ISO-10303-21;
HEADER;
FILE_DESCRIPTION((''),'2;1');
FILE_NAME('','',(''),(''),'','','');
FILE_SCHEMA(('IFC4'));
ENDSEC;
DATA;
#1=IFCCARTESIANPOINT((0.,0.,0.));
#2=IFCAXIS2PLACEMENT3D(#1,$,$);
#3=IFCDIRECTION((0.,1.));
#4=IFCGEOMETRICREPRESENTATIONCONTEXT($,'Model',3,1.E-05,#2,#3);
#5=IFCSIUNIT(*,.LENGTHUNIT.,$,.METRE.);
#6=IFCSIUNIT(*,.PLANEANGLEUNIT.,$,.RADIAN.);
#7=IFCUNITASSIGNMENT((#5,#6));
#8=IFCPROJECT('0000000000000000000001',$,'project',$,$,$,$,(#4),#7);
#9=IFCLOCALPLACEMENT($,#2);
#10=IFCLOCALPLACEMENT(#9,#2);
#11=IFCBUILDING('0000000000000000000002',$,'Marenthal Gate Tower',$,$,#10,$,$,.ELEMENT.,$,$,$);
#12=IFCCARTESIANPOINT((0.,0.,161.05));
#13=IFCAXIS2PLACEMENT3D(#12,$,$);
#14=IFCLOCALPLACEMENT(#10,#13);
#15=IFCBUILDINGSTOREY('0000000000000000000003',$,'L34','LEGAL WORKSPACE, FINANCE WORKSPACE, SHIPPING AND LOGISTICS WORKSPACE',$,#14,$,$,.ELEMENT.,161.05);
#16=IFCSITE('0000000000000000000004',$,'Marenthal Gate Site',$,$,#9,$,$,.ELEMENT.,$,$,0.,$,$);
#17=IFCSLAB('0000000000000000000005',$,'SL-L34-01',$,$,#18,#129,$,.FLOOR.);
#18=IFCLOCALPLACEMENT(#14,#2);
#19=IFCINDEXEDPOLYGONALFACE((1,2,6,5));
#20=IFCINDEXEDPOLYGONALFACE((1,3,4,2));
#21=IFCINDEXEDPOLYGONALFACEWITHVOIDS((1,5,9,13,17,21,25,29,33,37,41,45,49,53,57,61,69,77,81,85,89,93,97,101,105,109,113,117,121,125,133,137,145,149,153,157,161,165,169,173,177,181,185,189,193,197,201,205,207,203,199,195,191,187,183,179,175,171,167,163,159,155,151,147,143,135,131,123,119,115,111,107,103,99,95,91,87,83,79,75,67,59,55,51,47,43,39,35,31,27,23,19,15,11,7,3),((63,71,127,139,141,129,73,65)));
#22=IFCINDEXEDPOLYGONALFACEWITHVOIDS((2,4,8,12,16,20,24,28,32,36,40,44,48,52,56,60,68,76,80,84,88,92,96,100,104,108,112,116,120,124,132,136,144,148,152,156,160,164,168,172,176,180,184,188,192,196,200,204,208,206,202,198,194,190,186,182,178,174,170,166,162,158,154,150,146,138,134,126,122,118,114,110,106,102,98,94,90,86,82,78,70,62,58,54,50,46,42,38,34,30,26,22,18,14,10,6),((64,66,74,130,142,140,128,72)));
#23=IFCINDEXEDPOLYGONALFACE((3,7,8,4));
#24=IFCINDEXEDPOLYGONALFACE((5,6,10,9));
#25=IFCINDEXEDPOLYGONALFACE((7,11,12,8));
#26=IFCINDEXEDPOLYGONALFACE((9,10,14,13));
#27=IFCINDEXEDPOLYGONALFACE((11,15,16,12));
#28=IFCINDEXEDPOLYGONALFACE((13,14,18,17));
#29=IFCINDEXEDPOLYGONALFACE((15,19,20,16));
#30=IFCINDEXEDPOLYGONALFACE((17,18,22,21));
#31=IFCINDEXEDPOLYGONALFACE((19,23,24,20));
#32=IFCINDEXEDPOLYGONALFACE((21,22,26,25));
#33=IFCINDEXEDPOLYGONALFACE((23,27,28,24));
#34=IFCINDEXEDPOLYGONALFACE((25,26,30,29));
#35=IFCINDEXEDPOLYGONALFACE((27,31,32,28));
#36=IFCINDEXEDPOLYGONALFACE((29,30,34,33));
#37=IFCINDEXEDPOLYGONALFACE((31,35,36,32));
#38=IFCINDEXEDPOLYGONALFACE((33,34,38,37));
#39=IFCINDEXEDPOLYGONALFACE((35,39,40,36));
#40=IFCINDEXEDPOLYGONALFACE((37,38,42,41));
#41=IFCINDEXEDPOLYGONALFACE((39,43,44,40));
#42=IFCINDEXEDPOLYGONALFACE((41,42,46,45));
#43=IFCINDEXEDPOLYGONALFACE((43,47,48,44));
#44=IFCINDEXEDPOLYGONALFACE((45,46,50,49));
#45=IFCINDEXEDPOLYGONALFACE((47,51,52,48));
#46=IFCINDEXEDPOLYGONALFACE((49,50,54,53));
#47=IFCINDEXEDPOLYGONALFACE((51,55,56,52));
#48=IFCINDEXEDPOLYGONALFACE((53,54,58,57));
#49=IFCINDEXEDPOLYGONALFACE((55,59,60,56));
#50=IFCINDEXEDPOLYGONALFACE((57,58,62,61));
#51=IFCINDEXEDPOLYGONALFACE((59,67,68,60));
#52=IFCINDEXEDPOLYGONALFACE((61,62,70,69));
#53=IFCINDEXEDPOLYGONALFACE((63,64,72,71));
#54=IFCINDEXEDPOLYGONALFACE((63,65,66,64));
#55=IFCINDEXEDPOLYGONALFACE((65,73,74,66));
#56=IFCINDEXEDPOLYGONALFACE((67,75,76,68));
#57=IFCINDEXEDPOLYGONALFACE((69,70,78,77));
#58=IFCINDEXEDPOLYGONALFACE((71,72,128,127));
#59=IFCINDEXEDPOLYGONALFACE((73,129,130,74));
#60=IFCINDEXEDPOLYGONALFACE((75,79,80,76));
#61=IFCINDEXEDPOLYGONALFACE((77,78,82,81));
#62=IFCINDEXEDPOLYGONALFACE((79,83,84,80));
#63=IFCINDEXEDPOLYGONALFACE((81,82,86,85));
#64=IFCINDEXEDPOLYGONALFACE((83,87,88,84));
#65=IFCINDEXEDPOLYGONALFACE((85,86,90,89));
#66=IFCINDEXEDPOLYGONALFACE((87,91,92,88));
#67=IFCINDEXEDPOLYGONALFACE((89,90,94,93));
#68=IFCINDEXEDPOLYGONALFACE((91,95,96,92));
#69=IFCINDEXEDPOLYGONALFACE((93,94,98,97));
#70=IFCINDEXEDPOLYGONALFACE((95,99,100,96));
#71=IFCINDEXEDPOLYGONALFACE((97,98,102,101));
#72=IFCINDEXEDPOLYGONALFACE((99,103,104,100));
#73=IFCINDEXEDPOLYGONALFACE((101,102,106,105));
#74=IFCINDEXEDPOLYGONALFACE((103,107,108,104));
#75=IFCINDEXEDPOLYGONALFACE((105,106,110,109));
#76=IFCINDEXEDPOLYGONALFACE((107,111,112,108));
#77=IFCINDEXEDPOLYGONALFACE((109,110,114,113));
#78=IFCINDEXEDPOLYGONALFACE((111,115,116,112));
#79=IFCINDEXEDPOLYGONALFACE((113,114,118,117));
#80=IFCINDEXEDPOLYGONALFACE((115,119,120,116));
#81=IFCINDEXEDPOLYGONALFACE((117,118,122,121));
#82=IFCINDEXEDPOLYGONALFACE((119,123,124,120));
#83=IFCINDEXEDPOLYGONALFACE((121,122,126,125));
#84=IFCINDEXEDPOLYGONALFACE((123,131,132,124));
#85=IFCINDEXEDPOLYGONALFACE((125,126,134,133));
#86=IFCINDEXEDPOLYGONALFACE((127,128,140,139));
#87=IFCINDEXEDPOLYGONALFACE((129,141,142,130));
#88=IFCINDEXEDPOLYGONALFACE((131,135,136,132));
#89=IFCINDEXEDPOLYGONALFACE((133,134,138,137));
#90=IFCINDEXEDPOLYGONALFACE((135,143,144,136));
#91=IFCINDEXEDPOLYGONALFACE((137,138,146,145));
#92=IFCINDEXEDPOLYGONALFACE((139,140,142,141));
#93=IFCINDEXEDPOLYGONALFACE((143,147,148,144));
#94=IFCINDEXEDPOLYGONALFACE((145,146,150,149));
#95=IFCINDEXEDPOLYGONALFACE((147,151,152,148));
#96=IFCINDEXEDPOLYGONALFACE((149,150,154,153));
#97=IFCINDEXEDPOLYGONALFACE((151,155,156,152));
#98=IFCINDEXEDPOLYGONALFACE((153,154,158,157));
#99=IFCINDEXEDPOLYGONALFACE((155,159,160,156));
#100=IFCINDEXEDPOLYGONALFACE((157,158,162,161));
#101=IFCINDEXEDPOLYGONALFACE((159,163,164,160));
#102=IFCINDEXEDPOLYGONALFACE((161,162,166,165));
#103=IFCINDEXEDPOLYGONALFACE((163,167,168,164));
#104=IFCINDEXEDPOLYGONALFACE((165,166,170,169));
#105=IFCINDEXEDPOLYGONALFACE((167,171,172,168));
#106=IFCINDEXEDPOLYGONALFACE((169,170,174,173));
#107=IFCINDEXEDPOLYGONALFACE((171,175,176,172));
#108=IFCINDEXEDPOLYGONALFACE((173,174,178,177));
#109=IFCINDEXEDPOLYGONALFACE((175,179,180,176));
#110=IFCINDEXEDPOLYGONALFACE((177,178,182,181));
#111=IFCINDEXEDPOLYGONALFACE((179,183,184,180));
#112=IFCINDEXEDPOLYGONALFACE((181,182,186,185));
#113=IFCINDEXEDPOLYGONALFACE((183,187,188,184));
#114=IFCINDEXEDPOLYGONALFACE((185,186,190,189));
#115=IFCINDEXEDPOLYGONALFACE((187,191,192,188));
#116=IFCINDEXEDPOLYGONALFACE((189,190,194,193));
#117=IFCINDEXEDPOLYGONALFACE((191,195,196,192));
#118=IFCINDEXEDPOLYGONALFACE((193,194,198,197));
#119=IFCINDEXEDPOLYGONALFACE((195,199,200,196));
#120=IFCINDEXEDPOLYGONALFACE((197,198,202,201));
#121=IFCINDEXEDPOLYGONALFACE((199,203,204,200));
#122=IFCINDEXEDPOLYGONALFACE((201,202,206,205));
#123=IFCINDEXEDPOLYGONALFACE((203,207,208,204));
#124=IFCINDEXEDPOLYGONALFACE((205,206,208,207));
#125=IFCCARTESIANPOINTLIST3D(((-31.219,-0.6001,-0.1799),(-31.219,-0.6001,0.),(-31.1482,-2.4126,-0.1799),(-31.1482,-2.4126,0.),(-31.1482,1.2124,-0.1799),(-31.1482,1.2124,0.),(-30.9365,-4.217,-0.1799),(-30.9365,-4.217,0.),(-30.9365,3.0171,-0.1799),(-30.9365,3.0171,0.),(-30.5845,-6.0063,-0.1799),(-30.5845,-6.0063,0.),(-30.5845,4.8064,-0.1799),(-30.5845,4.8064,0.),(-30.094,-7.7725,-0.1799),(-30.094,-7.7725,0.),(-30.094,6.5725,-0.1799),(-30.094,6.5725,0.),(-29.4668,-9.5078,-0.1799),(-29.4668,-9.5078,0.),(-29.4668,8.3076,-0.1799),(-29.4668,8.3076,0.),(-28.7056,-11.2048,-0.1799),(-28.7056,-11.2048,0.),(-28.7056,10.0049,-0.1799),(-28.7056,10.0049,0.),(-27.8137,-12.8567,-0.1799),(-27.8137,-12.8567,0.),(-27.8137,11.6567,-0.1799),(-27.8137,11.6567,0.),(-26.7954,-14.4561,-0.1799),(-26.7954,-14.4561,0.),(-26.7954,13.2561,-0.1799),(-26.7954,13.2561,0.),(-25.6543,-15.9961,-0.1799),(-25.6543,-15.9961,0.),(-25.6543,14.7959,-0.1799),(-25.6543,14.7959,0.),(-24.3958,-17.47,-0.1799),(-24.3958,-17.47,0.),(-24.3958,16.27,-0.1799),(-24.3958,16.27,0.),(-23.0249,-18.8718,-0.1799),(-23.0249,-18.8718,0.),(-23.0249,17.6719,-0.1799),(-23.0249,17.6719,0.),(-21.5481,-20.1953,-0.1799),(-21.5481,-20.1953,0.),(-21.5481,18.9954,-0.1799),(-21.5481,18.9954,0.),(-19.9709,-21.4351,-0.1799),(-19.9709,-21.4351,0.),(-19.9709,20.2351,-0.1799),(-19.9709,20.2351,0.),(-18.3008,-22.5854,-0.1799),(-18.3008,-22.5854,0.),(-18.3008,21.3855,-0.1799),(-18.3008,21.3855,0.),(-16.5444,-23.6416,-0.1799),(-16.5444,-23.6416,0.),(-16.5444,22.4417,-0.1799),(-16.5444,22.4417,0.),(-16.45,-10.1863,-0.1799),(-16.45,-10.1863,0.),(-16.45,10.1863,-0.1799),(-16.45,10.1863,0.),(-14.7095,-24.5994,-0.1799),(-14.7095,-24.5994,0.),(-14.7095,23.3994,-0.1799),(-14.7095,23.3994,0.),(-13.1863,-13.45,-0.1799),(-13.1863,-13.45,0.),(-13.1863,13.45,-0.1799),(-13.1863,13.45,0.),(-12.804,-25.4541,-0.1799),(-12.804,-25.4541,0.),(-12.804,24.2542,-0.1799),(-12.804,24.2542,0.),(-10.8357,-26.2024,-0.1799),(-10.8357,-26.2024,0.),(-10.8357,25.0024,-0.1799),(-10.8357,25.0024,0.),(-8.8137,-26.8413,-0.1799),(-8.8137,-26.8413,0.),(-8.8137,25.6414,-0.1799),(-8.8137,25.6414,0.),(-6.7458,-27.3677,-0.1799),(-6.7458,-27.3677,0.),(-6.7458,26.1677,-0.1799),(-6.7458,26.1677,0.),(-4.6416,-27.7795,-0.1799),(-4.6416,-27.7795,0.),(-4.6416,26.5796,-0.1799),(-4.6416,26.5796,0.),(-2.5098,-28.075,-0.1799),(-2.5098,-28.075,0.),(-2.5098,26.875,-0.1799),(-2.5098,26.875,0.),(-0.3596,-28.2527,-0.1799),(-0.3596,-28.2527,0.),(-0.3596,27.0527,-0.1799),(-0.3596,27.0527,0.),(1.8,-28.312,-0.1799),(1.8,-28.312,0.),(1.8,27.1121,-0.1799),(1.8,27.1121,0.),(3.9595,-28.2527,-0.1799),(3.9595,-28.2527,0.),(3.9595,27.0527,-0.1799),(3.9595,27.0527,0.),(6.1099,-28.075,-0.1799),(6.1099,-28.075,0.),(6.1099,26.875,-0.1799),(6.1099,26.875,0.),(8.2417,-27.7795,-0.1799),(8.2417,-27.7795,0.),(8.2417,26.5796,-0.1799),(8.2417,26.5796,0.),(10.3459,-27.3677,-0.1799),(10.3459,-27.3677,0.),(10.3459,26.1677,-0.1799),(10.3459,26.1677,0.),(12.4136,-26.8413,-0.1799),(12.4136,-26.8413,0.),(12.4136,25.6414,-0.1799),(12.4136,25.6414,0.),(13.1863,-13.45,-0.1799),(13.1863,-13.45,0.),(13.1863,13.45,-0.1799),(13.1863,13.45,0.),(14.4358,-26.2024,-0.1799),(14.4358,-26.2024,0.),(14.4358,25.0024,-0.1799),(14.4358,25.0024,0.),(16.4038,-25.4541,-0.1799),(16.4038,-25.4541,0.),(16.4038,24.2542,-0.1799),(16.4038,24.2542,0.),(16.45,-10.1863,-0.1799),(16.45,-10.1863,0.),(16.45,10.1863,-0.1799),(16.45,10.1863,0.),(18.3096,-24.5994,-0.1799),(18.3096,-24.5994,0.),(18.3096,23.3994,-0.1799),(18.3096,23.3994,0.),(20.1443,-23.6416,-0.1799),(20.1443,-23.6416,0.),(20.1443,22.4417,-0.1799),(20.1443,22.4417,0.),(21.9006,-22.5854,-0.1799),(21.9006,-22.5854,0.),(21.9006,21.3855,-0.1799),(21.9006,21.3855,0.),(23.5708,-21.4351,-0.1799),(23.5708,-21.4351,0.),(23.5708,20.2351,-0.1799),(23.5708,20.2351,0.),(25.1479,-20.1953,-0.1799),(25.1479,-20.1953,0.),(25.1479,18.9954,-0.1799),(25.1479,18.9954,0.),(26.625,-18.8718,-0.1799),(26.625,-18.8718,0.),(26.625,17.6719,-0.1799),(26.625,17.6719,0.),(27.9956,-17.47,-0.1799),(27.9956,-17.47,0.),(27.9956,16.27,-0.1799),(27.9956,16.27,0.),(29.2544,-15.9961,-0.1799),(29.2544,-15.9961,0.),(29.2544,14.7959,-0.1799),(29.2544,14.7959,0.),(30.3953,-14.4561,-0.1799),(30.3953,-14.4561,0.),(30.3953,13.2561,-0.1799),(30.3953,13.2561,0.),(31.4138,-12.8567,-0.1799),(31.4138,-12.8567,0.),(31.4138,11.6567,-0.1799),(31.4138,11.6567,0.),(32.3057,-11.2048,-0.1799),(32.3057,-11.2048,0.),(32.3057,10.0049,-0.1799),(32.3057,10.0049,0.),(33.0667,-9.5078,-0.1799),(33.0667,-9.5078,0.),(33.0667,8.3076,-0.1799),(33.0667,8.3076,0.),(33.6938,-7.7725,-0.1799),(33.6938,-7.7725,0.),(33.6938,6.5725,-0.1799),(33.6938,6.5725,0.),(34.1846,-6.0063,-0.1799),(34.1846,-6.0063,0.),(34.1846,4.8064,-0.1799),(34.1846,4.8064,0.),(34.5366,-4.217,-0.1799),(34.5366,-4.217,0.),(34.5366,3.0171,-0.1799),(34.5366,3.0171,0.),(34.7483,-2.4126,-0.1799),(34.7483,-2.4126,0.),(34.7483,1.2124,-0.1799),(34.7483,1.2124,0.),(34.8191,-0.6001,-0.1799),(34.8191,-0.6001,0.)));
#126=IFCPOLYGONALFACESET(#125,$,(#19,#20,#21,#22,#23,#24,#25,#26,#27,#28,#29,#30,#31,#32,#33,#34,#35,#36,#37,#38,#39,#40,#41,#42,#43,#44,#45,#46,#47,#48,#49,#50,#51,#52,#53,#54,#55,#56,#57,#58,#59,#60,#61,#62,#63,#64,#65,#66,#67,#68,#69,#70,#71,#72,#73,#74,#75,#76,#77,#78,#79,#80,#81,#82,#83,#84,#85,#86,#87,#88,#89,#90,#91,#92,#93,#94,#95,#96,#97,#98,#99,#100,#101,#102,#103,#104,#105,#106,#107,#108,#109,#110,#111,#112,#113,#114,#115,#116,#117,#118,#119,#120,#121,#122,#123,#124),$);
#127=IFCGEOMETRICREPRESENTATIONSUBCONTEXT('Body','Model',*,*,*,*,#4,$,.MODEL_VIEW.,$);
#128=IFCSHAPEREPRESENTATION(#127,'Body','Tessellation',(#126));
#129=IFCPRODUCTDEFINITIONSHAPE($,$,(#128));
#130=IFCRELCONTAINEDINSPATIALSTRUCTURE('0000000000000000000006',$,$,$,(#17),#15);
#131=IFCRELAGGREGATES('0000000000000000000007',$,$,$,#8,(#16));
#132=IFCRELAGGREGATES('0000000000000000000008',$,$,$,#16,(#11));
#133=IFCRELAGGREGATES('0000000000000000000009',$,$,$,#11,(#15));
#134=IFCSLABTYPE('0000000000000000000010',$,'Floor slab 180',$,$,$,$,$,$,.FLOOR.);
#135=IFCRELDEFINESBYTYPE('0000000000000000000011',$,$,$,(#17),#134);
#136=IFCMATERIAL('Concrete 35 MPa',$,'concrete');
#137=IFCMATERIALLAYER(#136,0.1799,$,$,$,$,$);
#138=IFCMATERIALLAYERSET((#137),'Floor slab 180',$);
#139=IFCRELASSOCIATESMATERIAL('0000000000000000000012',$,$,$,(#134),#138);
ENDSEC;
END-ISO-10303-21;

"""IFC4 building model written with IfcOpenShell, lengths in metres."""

from ifc_helpers import new_model, si_unit, direction, frame, origin, place, context, subcontext, project, spatial, polyline, outline, extrude, material, layer, layer_set, type_object, element, save


model = new_model("IFC4")

# Units and contexts
model_context = context("Model", 3, precision=1e-05, world=origin(), true_north=direction((0.0, 1.0)))
body_context = subcontext(model_context, "Body", "Model", "MODEL_VIEW")
ifc_project = project(units=[si_unit("LENGTHUNIT", "METRE"), si_unit("PLANEANGLEUNIT", "RADIAN")], contexts=[model_context])

# Site, building, storey
site_placement = place(None, origin())
site = spatial("IfcSite", under=ifc_project, at=site_placement, Name="Marenthal Gate Site", CompositionType="ELEMENT", RefElevation=0.0)
building_placement = place(site_placement, origin())
building = spatial("IfcBuilding", under=site, at=building_placement, Name="Marenthal Gate Tower", CompositionType="ELEMENT")
storey_placement = place(building_placement, frame((0.0, 0.0, 161.05)))
storey = spatial("IfcBuildingStorey", under=building, at=storey_placement, Name="L34", Description="LEGAL WORKSPACE, FINANCE WORKSPACE, SHIPPING AND LOGISTICS WORKSPACE", CompositionType="ELEMENT", Elevation=161.05)

# Slab
ifc_material_1 = material(Name="Concrete 35 MPa", Category="concrete")
ifc_layer_1 = layer(ifc_material_1, 0.1799)
ifc_layer_set_1 = layer_set([ifc_layer_1], Name="Floor slab 180")
slab_type_1 = type_object("IfcSlabType", Name="Floor slab 180", PredefinedType="FLOOR", material=ifc_layer_set_1)
slab_1_placement = place(storey_placement, frame((0.0, 0.0, -0.1799)))
element("IfcSlab", 1, at=slab_1_placement, inside=storey, type_object=slab_type_1, Name="SL-L34-01", PredefinedType="FLOOR", context=body_context, shape_type="SweptSolid", body=[
    extrude(outline(polyline([(34.8191, -0.6001), (34.7483, 1.2124), (34.5366, 3.0171), (34.1846, 4.8064), (33.6938, 6.5725), (33.0667, 8.3076), (32.3057, 10.0049), (31.4138, 11.6567), (30.3953, 13.2561), (29.2544, 14.7959), (27.9956, 16.27), (26.625, 17.6719), (25.1479, 18.9954), (23.5708, 20.2351), (21.9006, 21.3855), (20.1443, 22.4417), (18.3096, 23.3994), (16.4038, 24.2542), (14.4358, 25.0024), (12.4136, 25.6414), (10.3459, 26.1677), (8.2417, 26.5796), (6.1099, 26.875), (3.9595, 27.0527), (1.8, 27.1121), (-0.3596, 27.0527), (-2.5098, 26.875), (-4.6416, 26.5796), (-6.7458, 26.1677), (-8.8137, 25.6414), (-10.8357, 25.0024), (-12.804, 24.2542), (-14.7095, 23.3994), (-16.5444, 22.4417), (-18.3008, 21.3855), (-19.9709, 20.2351), (-21.5481, 18.9954), (-23.0249, 17.6719), (-24.3958, 16.27), (-25.6543, 14.7959), (-26.7954, 13.2561), (-27.8137, 11.6567), (-28.7056, 10.0049), (-29.4668, 8.3076), (-30.094, 6.5725), (-30.5845, 4.8064), (-30.9365, 3.0171), (-31.1482, 1.2124), (-31.219, -0.6001), (-31.1482, -2.4126), (-30.9365, -4.217), (-30.5845, -6.0063), (-30.094, -7.7725), (-29.4668, -9.5078), (-28.7056, -11.2048), (-27.8137, -12.8567), (-26.7954, -14.4561), (-25.6543, -15.9961), (-24.3958, -17.47), (-23.0249, -18.8718), (-21.5481, -20.1953), (-19.9709, -21.4351), (-18.3008, -22.5854), (-16.5444, -23.6416), (-14.7095, -24.5994), (-12.804, -25.4541), (-10.8357, -26.2024), (-8.8137, -26.8413), (-6.7458, -27.3677), (-4.6416, -27.7795), (-2.5098, -28.075), (-0.3596, -28.2527), (1.8, -28.312), (3.9595, -28.2527), (6.1099, -28.075), (8.2417, -27.7795), (10.3459, -27.3677), (12.4136, -26.8413), (14.4358, -26.2024), (16.4038, -25.4541), (18.3096, -24.5994), (20.1443, -23.6416), (21.9006, -22.5854), (23.5708, -21.4351), (25.1479, -20.1953), (26.625, -18.8718), (27.9956, -17.47), (29.2544, -15.9961), (30.3953, -14.4561), (31.4138, -12.8567), (32.3057, -11.2048), (33.0667, -9.5078), (33.6938, -7.7725), (34.1846, -6.0063), (34.5366, -4.217), (34.7483, -2.4126), (34.8191, -0.6001)]), holes=[polyline([(13.1863, -13.45), (16.45, -10.1863), (16.45, 10.1863), (13.1863, 13.45), (-13.1863, 13.45), (-16.45, 10.1863), (-16.45, -10.1863), (-13.1863, -13.45), (13.1863, -13.45)])]), origin(), (0.0, 0.0, 1.0), 0.1799),
])

save(model, "model.ifc")
